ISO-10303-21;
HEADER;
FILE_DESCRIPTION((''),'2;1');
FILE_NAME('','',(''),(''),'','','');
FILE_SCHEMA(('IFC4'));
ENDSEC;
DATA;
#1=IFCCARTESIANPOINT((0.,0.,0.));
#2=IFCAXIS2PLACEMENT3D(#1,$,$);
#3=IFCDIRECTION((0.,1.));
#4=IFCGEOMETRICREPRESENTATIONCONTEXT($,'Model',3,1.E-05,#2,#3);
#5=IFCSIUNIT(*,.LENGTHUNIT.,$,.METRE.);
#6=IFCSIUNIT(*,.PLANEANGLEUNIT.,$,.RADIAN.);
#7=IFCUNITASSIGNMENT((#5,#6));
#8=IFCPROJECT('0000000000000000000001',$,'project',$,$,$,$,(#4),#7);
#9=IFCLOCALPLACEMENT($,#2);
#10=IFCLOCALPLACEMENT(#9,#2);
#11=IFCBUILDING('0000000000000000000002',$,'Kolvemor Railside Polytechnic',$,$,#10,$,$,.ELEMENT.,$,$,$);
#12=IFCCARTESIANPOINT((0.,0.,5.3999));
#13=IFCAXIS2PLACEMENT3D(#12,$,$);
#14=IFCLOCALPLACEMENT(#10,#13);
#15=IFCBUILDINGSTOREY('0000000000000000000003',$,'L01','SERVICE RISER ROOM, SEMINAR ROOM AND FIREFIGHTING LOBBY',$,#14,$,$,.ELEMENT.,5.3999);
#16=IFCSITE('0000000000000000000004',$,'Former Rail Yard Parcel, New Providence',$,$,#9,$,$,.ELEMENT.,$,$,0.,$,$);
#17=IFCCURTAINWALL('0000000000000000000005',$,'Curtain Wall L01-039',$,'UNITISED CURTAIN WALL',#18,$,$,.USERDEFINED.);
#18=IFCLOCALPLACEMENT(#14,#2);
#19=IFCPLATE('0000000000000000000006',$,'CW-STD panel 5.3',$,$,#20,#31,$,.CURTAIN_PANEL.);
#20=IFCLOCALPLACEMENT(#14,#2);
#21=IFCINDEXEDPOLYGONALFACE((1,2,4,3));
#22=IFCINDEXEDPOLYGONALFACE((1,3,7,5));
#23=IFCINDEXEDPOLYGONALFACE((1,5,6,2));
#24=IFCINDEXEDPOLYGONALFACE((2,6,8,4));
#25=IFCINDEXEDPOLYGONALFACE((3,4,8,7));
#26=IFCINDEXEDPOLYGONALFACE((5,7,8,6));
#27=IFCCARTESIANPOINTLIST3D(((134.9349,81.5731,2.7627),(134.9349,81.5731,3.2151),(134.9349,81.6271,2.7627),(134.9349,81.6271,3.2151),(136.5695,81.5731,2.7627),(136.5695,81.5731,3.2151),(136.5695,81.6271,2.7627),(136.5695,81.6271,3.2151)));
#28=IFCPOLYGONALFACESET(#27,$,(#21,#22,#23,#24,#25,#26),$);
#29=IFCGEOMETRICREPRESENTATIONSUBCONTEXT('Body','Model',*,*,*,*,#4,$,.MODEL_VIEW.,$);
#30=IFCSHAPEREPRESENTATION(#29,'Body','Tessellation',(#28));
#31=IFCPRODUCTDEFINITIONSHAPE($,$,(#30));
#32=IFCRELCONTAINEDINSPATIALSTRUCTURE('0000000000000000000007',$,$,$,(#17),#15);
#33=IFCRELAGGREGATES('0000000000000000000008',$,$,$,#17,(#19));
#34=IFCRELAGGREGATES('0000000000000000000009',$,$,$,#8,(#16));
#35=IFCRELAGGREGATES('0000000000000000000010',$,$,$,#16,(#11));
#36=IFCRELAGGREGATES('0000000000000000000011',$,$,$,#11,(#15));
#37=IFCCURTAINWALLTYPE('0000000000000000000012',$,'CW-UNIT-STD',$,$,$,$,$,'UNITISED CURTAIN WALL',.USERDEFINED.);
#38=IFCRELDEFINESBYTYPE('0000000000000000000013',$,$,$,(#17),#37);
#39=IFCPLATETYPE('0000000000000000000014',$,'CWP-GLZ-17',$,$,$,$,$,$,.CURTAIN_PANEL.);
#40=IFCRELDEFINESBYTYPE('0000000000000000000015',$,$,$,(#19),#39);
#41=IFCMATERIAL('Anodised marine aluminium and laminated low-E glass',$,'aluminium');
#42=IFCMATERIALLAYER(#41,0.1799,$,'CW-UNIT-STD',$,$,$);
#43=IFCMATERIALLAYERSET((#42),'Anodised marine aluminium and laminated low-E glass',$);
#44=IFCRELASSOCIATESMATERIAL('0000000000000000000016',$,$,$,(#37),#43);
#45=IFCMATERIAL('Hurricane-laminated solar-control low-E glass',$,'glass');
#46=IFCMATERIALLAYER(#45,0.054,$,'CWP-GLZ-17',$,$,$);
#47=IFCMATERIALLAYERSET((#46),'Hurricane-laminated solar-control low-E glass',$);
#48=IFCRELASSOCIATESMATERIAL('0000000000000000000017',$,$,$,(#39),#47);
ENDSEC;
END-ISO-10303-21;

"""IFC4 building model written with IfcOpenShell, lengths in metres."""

from ifc_helpers import new_model, si_unit, direction, frame, origin, origin_2d, place, context, subcontext, project, spatial, rectangle, extrude, material, layer, layer_set, type_object, element, aggregate, save


model = new_model("IFC4")

# Units and contexts
model_context = context("Model", 3, precision=1e-05, world=origin(), true_north=direction((0.0, 1.0)))
body_context = subcontext(model_context, "Body", "Model", "MODEL_VIEW")
ifc_project = project(units=[si_unit("LENGTHUNIT", "METRE"), si_unit("PLANEANGLEUNIT", "RADIAN")], contexts=[model_context])

# Site, building, storey
site_placement = place(None, origin())
site = spatial("IfcSite", under=ifc_project, at=site_placement, Name="Former Rail Yard Parcel, New Providence", CompositionType="ELEMENT", RefElevation=0.0)
building_placement = place(site_placement, origin())
building = spatial("IfcBuilding", under=site, at=building_placement, Name="Kolvemor Railside Polytechnic", CompositionType="ELEMENT")
storey_placement = place(building_placement, frame((0.0, 0.0, 5.3999)))
storey = spatial("IfcBuildingStorey", under=building, at=storey_placement, Name="L01", Description="SERVICE RISER ROOM, SEMINAR ROOM AND FIREFIGHTING LOBBY", CompositionType="ELEMENT", Elevation=5.3999)

# Curtain wall
ifc_material_1 = material(Name="Anodised marine aluminium and laminated low-E glass", Category="aluminium")
ifc_layer_1 = layer(ifc_material_1, 0.1799, Name="CW-UNIT-STD")
ifc_layer_set_1 = layer_set([ifc_layer_1], Name="Anodised marine aluminium and laminated low-E glass")
curtain_wall_type = type_object("IfcCurtainWallType", Name="CW-UNIT-STD", ElementType="UNITISED CURTAIN WALL", PredefinedType="USERDEFINED", material=ifc_layer_set_1)
curtain_wall_1_placement = place(storey_placement, origin())
curtain_wall_1 = element("IfcCurtainWall", 1, at=curtain_wall_1_placement, inside=storey, type_object=curtain_wall_type, Name="Curtain Wall L01-039", ObjectType="UNITISED CURTAIN WALL", PredefinedType="USERDEFINED")

# Plate
ifc_material_2 = material(Name="Hurricane-laminated solar-control low-E glass", Category="glass")
ifc_layer_2 = layer(ifc_material_2, 0.054, Name="CWP-GLZ-17")
ifc_layer_set_2 = layer_set([ifc_layer_2], Name="Hurricane-laminated solar-control low-E glass")
plate_type = type_object("IfcPlateType", Name="CWP-GLZ-17", PredefinedType="CURTAIN_PANEL", material=ifc_layer_set_2)
plate_1_placement = place(storey_placement, frame((135.7522, 81.6001, 2.7627), z_axis=(0.0, 0.0, 1.0), x_axis=(-1.0, 0.0, 0.0)))
plate_1 = element("IfcPlate", 2, at=plate_1_placement, type_object=plate_type, Name="CW-STD panel 5.3", PredefinedType="CURTAIN_PANEL", context=body_context, shape_type="SweptSolid", body=[
    extrude(rectangle(XDim=1.6345, YDim=0.054, at=origin_2d()), origin(), (0.0, 0.0, 1.0), 0.4524),
])
aggregate(curtain_wall_1, [plate_1])

save(model, "model.ifc")
